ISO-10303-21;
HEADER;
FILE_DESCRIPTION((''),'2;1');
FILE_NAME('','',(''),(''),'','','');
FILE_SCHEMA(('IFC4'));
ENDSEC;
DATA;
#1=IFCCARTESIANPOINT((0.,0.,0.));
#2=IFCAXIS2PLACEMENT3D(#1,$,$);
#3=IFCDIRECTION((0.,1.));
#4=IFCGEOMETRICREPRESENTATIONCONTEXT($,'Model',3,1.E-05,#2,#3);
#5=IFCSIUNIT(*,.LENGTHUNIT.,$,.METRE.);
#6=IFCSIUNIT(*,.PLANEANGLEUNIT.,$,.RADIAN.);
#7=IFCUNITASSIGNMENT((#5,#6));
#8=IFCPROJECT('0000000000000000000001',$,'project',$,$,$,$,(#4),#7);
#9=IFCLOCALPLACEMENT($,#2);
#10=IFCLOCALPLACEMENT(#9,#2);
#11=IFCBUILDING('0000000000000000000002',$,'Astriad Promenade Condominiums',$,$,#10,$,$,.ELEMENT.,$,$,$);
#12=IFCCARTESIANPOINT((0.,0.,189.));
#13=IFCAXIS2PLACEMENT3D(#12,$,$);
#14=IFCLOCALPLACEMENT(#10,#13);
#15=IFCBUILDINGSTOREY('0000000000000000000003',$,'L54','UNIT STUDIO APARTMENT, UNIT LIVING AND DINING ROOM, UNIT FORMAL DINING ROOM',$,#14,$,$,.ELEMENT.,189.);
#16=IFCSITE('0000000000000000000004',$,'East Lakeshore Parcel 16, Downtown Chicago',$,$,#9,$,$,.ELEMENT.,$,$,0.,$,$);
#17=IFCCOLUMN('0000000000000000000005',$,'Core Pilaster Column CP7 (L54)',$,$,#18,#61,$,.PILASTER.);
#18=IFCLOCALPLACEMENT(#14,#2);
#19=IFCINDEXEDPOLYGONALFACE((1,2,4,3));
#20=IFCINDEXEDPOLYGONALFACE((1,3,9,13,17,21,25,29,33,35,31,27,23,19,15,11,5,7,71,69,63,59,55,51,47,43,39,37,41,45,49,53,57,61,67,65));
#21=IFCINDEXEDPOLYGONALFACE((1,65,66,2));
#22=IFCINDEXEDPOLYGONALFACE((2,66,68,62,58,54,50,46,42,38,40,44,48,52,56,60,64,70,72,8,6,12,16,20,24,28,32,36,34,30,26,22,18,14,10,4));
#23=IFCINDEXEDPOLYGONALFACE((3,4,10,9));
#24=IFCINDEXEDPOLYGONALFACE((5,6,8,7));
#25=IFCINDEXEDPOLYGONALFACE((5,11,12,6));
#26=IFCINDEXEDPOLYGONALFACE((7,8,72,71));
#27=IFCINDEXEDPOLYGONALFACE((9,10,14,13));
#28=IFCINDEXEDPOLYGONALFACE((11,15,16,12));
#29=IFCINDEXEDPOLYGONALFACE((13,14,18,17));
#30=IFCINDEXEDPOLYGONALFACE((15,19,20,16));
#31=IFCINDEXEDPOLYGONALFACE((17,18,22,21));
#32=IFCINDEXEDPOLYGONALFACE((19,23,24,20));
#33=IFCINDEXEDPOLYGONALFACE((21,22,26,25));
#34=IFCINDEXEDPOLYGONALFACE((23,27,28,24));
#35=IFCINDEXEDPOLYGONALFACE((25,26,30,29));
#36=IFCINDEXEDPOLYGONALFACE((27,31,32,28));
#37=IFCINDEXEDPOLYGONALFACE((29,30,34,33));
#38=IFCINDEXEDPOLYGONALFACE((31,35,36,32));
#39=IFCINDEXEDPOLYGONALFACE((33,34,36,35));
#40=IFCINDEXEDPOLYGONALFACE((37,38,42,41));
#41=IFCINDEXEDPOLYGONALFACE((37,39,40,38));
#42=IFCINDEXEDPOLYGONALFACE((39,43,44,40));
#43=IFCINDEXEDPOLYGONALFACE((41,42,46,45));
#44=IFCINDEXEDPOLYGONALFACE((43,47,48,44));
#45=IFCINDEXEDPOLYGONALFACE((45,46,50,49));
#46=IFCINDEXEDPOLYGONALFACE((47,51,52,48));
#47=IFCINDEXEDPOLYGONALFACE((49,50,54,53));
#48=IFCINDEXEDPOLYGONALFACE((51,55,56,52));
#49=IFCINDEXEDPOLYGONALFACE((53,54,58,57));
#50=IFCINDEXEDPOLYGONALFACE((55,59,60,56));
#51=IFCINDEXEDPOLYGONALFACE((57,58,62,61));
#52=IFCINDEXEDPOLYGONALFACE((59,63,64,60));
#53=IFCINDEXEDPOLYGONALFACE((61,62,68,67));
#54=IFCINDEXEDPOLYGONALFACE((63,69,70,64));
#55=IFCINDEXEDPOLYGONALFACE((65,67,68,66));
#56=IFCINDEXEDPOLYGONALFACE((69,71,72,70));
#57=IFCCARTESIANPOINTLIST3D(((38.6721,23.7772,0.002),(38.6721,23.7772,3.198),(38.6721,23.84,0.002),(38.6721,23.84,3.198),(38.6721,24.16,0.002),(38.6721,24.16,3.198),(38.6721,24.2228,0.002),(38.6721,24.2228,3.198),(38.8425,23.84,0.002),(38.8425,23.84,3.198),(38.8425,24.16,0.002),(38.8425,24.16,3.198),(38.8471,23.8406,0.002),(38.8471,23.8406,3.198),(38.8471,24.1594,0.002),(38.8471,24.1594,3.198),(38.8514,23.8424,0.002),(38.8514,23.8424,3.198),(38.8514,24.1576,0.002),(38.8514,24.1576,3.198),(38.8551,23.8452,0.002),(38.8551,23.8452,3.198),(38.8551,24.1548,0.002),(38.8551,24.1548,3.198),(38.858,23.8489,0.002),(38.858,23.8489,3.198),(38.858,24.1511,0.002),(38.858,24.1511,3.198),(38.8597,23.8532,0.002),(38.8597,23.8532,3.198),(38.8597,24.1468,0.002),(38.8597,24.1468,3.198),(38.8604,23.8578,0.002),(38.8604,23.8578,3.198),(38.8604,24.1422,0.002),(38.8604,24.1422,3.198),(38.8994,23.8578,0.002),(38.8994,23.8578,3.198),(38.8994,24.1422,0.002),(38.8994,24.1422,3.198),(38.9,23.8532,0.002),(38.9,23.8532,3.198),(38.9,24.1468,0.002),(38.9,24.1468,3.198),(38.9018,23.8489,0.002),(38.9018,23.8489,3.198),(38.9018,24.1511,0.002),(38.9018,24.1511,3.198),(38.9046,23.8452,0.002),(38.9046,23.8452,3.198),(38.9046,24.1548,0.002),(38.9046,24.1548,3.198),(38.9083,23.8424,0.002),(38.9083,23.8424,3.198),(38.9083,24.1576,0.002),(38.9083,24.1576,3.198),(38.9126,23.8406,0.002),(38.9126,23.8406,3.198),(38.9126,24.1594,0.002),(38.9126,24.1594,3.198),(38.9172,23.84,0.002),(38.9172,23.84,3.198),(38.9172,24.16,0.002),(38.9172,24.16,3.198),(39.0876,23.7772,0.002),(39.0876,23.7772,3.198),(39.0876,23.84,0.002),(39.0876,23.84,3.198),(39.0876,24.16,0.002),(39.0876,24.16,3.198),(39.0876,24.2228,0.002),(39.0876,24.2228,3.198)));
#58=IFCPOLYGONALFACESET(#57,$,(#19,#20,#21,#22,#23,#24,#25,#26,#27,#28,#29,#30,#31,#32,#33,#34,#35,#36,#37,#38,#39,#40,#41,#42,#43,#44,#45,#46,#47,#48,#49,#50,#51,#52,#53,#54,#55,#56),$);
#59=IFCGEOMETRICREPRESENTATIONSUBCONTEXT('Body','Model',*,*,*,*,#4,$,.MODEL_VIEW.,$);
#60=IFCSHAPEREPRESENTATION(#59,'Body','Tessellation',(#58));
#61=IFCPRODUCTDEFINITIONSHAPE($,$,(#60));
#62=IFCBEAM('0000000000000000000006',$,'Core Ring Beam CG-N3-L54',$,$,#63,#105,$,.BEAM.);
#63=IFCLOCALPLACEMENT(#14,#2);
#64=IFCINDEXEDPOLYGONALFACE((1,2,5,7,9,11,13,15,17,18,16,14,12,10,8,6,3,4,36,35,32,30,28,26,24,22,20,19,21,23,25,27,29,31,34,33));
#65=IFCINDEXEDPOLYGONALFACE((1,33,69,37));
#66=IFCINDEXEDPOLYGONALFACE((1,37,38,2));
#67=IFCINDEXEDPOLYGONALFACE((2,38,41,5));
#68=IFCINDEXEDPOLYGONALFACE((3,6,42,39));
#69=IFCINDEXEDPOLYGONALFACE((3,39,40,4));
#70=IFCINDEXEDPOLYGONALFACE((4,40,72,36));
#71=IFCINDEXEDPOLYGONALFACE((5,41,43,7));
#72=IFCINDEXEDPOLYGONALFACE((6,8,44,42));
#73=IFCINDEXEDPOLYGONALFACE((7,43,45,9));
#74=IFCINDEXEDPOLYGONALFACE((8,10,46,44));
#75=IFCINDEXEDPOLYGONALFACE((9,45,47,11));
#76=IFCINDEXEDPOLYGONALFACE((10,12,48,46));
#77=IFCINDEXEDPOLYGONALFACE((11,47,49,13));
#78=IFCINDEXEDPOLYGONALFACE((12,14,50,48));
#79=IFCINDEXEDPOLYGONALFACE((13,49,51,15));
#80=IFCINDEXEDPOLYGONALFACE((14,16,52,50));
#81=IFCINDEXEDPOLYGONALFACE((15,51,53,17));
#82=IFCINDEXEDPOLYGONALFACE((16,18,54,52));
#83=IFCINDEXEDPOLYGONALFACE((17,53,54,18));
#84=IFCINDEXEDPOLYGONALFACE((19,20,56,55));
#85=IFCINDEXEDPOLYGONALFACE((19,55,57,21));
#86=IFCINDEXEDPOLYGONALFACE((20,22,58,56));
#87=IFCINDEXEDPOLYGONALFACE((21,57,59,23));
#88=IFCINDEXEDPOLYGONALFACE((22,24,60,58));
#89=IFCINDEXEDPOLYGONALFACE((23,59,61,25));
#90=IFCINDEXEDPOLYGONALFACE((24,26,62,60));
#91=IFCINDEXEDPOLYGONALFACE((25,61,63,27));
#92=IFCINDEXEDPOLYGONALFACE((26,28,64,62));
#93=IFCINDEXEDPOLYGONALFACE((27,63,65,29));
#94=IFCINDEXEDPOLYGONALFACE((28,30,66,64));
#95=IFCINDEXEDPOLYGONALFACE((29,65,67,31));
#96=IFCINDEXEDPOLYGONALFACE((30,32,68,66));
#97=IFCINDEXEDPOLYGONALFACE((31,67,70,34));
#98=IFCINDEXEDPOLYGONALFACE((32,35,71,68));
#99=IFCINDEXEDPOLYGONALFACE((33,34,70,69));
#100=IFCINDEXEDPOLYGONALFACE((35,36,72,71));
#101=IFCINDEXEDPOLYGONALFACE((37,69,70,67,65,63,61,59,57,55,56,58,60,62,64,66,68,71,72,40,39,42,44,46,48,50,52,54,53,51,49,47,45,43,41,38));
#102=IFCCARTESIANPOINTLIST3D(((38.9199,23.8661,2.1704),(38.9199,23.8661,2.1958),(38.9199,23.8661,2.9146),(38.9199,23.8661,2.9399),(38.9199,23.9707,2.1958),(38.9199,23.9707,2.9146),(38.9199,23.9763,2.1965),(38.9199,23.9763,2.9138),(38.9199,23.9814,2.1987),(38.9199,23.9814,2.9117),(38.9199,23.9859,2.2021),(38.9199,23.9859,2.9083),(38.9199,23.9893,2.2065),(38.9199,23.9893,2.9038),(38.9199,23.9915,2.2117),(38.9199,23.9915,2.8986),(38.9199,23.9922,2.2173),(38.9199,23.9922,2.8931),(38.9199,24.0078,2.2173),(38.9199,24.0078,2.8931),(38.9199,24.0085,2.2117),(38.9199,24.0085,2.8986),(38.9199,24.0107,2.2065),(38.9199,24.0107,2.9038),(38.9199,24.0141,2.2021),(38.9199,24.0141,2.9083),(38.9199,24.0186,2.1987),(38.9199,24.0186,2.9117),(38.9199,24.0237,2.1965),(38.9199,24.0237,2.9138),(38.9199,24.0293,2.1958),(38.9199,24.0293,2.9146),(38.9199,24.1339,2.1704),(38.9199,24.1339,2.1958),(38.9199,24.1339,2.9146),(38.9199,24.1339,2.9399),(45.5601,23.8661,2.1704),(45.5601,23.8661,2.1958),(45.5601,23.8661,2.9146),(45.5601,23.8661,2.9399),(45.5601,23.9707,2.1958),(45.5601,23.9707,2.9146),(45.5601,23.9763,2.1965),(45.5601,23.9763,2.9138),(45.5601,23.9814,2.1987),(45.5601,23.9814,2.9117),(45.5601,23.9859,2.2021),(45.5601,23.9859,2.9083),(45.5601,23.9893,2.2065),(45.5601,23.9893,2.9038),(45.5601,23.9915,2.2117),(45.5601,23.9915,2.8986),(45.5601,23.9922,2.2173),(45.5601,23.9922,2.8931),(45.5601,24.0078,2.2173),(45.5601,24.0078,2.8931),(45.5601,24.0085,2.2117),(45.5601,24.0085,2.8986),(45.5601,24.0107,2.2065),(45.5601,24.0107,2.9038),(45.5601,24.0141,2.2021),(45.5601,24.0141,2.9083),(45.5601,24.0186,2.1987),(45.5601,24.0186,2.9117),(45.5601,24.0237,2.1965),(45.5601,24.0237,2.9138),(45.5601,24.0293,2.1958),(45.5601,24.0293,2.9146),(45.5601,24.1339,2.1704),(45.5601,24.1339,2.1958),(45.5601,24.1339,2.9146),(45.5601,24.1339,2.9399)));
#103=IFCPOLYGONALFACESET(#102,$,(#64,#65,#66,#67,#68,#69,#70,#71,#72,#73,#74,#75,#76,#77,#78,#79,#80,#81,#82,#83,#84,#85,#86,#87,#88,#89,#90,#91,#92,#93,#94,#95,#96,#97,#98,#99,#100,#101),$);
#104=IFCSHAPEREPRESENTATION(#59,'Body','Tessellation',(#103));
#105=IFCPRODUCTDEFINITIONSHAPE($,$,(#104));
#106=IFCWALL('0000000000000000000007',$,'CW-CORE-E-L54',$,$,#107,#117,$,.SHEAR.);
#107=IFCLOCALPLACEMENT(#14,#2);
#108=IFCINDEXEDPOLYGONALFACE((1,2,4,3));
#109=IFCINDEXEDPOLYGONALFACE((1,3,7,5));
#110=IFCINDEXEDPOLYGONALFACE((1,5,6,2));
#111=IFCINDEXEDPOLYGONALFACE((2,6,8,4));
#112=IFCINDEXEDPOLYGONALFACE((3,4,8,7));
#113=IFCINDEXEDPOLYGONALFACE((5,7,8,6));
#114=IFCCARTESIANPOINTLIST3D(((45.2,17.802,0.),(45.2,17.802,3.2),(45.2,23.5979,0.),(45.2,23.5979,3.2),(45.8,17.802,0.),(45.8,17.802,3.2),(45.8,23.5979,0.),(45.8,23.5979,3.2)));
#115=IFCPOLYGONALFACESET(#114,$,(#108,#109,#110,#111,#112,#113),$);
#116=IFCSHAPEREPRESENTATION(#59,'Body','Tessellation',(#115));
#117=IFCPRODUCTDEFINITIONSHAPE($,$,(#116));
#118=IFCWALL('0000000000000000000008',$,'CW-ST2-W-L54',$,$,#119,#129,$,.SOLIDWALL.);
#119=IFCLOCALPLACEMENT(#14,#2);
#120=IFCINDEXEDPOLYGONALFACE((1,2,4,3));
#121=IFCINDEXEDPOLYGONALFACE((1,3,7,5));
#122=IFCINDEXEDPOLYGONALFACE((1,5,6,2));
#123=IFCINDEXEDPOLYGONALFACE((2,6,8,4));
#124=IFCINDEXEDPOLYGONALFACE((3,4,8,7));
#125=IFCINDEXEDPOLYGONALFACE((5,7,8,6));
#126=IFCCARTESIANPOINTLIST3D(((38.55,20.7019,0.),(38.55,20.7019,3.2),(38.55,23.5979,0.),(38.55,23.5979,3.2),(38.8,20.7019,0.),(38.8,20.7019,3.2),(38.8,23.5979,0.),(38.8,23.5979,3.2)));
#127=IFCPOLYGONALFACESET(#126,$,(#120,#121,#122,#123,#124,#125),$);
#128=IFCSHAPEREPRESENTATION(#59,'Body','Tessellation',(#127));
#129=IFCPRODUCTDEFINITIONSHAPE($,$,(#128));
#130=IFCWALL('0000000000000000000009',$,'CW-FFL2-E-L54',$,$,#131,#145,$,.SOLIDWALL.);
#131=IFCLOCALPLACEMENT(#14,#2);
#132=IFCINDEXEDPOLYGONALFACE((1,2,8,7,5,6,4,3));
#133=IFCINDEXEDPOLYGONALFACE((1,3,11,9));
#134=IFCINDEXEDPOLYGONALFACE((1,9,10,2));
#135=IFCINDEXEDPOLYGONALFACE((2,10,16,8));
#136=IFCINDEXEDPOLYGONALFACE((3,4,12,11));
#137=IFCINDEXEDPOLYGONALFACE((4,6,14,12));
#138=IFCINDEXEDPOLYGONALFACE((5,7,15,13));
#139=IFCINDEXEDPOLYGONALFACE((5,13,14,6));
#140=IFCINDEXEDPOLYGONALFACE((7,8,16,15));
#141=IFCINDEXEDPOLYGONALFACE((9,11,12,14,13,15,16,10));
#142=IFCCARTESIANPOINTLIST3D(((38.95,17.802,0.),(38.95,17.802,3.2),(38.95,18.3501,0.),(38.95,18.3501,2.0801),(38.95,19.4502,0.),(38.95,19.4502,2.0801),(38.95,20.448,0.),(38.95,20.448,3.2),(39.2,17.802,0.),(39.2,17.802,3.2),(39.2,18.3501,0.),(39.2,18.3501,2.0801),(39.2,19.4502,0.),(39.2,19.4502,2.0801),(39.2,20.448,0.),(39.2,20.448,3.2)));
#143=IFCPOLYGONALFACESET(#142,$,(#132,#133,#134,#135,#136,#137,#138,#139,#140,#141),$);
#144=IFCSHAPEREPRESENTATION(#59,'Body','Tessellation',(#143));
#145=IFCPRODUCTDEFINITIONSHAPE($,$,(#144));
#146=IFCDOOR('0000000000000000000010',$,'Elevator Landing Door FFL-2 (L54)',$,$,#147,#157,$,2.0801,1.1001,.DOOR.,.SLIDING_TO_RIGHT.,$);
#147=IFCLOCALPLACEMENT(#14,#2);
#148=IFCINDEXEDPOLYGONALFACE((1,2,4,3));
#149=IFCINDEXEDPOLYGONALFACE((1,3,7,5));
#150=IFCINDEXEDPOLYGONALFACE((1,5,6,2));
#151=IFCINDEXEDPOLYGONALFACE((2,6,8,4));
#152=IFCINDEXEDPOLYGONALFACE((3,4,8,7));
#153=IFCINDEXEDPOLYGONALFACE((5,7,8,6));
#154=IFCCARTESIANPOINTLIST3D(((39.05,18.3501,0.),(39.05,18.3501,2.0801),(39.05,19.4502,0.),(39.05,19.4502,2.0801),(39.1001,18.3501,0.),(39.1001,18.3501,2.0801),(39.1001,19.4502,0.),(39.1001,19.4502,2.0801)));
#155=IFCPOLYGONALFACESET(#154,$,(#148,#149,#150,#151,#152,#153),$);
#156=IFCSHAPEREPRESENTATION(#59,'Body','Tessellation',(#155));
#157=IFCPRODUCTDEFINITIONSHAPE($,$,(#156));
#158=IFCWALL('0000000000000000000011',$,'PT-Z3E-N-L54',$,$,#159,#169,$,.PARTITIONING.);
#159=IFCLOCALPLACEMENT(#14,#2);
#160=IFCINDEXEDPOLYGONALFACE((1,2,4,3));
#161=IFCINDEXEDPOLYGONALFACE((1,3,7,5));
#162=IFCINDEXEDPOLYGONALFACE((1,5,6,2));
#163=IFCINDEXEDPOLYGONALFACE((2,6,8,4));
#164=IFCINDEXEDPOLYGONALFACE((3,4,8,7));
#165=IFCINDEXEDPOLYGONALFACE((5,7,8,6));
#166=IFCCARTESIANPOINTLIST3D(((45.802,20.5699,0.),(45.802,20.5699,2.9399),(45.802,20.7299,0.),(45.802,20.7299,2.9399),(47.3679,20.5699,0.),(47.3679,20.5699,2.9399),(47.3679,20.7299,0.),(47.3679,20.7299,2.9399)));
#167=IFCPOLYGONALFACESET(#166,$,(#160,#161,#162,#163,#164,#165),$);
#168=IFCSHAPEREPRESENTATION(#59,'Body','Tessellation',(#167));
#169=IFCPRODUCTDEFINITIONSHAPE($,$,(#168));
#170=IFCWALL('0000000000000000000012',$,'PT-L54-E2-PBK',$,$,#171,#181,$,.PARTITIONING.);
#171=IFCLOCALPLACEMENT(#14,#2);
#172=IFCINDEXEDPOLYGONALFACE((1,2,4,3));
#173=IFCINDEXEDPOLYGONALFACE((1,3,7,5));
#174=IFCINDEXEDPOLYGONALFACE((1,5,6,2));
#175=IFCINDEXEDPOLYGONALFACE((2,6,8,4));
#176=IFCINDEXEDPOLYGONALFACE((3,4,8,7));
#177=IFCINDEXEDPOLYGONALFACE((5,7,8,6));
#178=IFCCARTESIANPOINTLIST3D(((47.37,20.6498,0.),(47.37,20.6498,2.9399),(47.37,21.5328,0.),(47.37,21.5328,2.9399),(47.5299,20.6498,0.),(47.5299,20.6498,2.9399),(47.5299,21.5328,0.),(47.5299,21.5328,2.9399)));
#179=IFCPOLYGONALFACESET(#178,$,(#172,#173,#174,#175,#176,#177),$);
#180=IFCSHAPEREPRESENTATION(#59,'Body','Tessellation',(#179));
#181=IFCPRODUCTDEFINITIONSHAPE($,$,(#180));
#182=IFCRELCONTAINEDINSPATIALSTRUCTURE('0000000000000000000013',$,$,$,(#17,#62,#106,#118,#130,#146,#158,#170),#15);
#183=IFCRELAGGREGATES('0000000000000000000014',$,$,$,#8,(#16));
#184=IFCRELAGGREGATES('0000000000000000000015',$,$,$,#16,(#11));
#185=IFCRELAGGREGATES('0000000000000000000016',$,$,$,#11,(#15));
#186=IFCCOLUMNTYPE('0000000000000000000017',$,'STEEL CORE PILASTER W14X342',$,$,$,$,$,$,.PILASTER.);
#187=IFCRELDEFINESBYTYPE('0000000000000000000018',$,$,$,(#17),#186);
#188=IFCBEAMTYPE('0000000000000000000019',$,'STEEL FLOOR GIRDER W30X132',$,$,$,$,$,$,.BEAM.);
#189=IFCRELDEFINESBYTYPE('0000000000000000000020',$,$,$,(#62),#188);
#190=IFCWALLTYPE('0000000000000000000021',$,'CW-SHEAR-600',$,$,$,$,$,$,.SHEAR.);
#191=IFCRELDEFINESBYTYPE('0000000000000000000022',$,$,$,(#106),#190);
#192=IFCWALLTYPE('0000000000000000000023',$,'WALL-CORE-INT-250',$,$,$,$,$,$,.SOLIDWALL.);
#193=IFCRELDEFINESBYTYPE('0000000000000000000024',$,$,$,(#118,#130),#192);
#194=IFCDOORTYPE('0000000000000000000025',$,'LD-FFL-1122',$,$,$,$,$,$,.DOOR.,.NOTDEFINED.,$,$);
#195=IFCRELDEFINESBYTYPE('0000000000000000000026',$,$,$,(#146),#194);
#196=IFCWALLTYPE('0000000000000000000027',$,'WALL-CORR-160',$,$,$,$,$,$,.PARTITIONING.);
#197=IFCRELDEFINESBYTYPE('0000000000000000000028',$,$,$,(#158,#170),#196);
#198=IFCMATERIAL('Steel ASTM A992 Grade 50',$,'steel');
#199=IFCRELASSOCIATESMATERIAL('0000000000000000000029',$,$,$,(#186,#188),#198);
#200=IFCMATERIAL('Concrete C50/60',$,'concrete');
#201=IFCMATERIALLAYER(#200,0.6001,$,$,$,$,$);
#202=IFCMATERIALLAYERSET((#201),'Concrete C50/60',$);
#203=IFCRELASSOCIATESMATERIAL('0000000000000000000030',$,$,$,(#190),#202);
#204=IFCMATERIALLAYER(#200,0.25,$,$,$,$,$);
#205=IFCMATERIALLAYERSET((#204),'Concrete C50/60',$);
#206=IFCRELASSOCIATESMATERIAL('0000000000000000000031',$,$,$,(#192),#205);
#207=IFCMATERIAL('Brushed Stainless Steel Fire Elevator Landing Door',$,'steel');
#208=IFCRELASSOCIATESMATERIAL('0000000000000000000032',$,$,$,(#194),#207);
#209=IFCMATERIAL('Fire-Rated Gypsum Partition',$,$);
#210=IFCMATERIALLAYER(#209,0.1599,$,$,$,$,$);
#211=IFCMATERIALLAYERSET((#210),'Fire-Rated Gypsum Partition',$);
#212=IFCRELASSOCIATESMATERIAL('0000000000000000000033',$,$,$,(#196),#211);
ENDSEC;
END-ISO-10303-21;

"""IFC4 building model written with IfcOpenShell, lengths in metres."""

from ifc_helpers import new_model, si_unit, direction, frame, frame_2d, origin, origin_2d, place, context, subcontext, project, spatial, rectangle, i_section, extrude, source, transform, mapped, material, layer, layer_set, material_profile, profile_set, type_object, type_shapes, element, fill, save


model = new_model("IFC4")

# Units and contexts
model_context = context("Model", 3, precision=1e-05, world=origin(), true_north=direction((0.0, 1.0)))
body_context = subcontext(model_context, "Body", "Model", "MODEL_VIEW")
ifc_project = project(units=[si_unit("LENGTHUNIT", "METRE"), si_unit("PLANEANGLEUNIT", "RADIAN")], contexts=[model_context])

# Site, building, storey
site_placement = place(None, origin())
site = spatial("IfcSite", under=ifc_project, at=site_placement, Name="East Lakeshore Parcel 16, Downtown Chicago", CompositionType="ELEMENT", RefElevation=0.0)
building_placement = place(site_placement, origin())
building = spatial("IfcBuilding", under=site, at=building_placement, Name="Astriad Promenade Condominiums", CompositionType="ELEMENT")
storey_placement = place(building_placement, frame((0.0, 0.0, 189.0)))
storey = spatial("IfcBuildingStorey", under=building, at=storey_placement, Name="L54", Description="UNIT STUDIO APARTMENT, UNIT LIVING AND DINING ROOM, UNIT FORMAL DINING ROOM", CompositionType="ELEMENT", Elevation=189.0)

# Column
ifc_material_1 = material(Name="Steel ASTM A992 Grade 50", Category="steel")
ifc_material_profile_1 = material_profile(ifc_material_1, i_section(OverallWidth=0.4155, OverallDepth=0.4456, WebThickness=0.0391, FlangeThickness=0.0627, FilletRadius=0.0178, at=origin_2d()), Name="W14X342")
ifc_profile_set_1 = profile_set([ifc_material_profile_1], Name="Steel ASTM A992 Grade 50")
column_type = type_object("IfcColumnType", Name="STEEL CORE PILASTER W14X342", PredefinedType="PILASTER", material=ifc_profile_set_1)
shared_shape_1 = source(origin(), body_context, "Body", "SweptSolid", [
    extrude(i_section(OverallWidth=0.4155, OverallDepth=0.4456, WebThickness=0.0391, FlangeThickness=0.0627, FilletRadius=0.0178, at=origin_2d()), origin(), (0.0, 0.0, 1.0), 3.196),
])
type_shapes(column_type, [shared_shape_1])
column_placement = place(storey_placement, frame((38.8799, 24.0, 0.002), z_axis=(0.0, 0.0, 1.0), x_axis=(1.0, 0.0, 0.0)))
element("IfcColumn", 1, at=column_placement, inside=storey, type_object=column_type, Name="Core Pilaster Column CP7 (L54)", PredefinedType="PILASTER", context=body_context, shape_type="MappedRepresentation", body=[
    mapped(shared_shape_1, transform((0.0, 0.0, 0.0), scale=1.0)),
])

# Beam
ifc_material_profile_2 = material_profile(ifc_material_1, i_section(OverallWidth=0.2678, OverallDepth=0.7695, WebThickness=0.0156, FlangeThickness=0.0254, FilletRadius=0.0215, at=origin_2d()), Name="W30X132")
ifc_profile_set_2 = profile_set([ifc_material_profile_2], Name="Steel ASTM A992 Grade 50")
beam_type = type_object("IfcBeamType", Name="STEEL FLOOR GIRDER W30X132", PredefinedType="BEAM", material=ifc_profile_set_2)
shared_shape_2 = source(origin(), body_context, "Body", "SweptSolid", [
    extrude(i_section(OverallWidth=0.2678, OverallDepth=0.7695, WebThickness=0.0156, FlangeThickness=0.0254, FilletRadius=0.0215, at=origin_2d()), origin(), (0.0, 0.0, 1.0), 6.6401),
])
type_shapes(beam_type, [shared_shape_2])
beam_placement = place(storey_placement, frame((38.9199, 24.0, 2.5552), z_axis=(1.0, 0.0, 0.0), x_axis=(0.0, 1.0, 0.0)))
element("IfcBeam", 2, at=beam_placement, inside=storey, type_object=beam_type, Name="Core Ring Beam CG-N3-L54", PredefinedType="BEAM", context=body_context, shape_type="MappedRepresentation", body=[
    mapped(shared_shape_2, transform((0.0, 0.0, 0.0), scale=1.0)),
])

# Walls
ifc_material_2 = material(Name="Concrete C50/60", Category="concrete")
ifc_layer_1 = layer(ifc_material_2, 0.6001)
ifc_layer_set_1 = layer_set([ifc_layer_1], Name="Concrete C50/60")
wall_type_1 = type_object("IfcWallType", Name="CW-SHEAR-600", PredefinedType="SHEAR", material=ifc_layer_set_1)
wall_1_placement = place(storey_placement, frame((45.5, 17.802, 0.0), z_axis=(0.0, 0.0, 1.0), x_axis=(0.0, 1.0, 0.0)))
element("IfcWall", 3, at=wall_1_placement, inside=storey, type_object=wall_type_1, Name="CW-CORE-E-L54", PredefinedType="SHEAR", context=body_context, shape_type="SweptSolid", body=[
    extrude(rectangle(XDim=5.7959, YDim=0.6001, at=frame_2d((2.8979, 0.0))), origin(), (0.0, 0.0, 1.0), 3.2),
])
ifc_layer_2 = layer(ifc_material_2, 0.25)
ifc_layer_set_2 = layer_set([ifc_layer_2], Name="Concrete C50/60")
wall_type_2 = type_object("IfcWallType", Name="WALL-CORE-INT-250", PredefinedType="SOLIDWALL", material=ifc_layer_set_2)
wall_2_placement = place(storey_placement, frame((38.675, 20.7019, 0.0), z_axis=(0.0, 0.0, 1.0), x_axis=(0.0, 1.0, 0.0)))
element("IfcWall", 4, at=wall_2_placement, inside=storey, type_object=wall_type_2, Name="CW-ST2-W-L54", PredefinedType="SOLIDWALL", context=body_context, shape_type="SweptSolid", body=[
    extrude(rectangle(XDim=2.896, YDim=0.25, at=frame_2d((1.448, 0.0))), origin(), (0.0, 0.0, 1.0), 3.2),
])

# Wall, opening, door
wall_3_placement = place(storey_placement, frame((39.075, 17.802, 0.0), z_axis=(0.0, 0.0, 1.0), x_axis=(0.0, 1.0, 0.0)))
wall_3 = element("IfcWall", 5, at=wall_3_placement, inside=storey, type_object=wall_type_2, Name="CW-FFL2-E-L54", PredefinedType="SOLIDWALL", context=body_context, shape_type="SweptSolid", body=[
    extrude(rectangle(XDim=2.646, YDim=0.25, at=frame_2d((1.323, 0.0))), origin(), (0.0, 0.0, 1.0), 3.2),
])
opening_placement = place(wall_3_placement, frame((0.5481, 0.0, 0.0)))
opening = element("IfcOpeningElement", 6, at=opening_placement, cuts=wall_3, PredefinedType="OPENING", context=body_context, shape_type="SweptSolid", body=[
    extrude(rectangle(XDim=1.1001, YDim=2.0801, at=frame_2d((0.55, 1.04))), frame((0.0, 0.135, 0.0), z_axis=(0.0, -1.0, 0.0), x_axis=(1.0, 0.0, 0.0)), (0.0, 0.0, 1.0), 0.27),
])
ifc_material_3 = material(Name="Brushed Stainless Steel Fire Elevator Landing Door", Category="steel")
door_type = type_object("IfcDoorType", Name="LD-FFL-1122", OperationType="NOTDEFINED", PredefinedType="DOOR", material=ifc_material_3)
shared_shape_3 = source(origin(), body_context, "Body", "SweptSolid", [
    extrude(rectangle(XDim=1.1001, YDim=2.0801, at=frame_2d((0.55, 1.04))), frame((0.0, 0.0249, 0.0), z_axis=(0.0, -1.0, 0.0), x_axis=(1.0, 0.0, 0.0)), (0.0, 0.0, 1.0), 0.05),
])
type_shapes(door_type, [shared_shape_3])
door_placement = place(opening_placement, origin())
door = element("IfcDoor", 7, at=door_placement, inside=storey, type_object=door_type, Name="Elevator Landing Door FFL-2 (L54)", OperationType="SLIDING_TO_RIGHT", OverallHeight=2.0801, OverallWidth=1.1001, PredefinedType="DOOR", context=body_context, shape_type="MappedRepresentation", body=[
    mapped(shared_shape_3, transform((0.0, 0.0, 0.0), scale=1.0)),
])
fill(opening, door)

# Walls
ifc_material_4 = material(Name="Fire-Rated Gypsum Partition")
ifc_layer_3 = layer(ifc_material_4, 0.1599)
ifc_layer_set_3 = layer_set([ifc_layer_3], Name="Fire-Rated Gypsum Partition")
wall_type_3 = type_object("IfcWallType", Name="WALL-CORR-160", PredefinedType="PARTITIONING", material=ifc_layer_set_3)
wall_4_placement = place(storey_placement, frame((45.802, 20.6499, 0.0), z_axis=(0.0, 0.0, 1.0), x_axis=(1.0, 0.0, 0.0)))
element("IfcWall", 8, at=wall_4_placement, inside=storey, type_object=wall_type_3, Name="PT-Z3E-N-L54", PredefinedType="PARTITIONING", context=body_context, shape_type="SweptSolid", body=[
    extrude(rectangle(XDim=1.5659, YDim=0.1599, at=frame_2d((0.783, 0.0))), origin(), (0.0, 0.0, 1.0), 2.9399),
])
wall_5_placement = place(storey_placement, frame((47.45, 20.6499, 0.0), z_axis=(0.0, 0.0, 1.0), x_axis=(0.0, 1.0, 0.0)))
element("IfcWall", 9, at=wall_5_placement, inside=storey, type_object=wall_type_3, Name="PT-L54-E2-PBK", PredefinedType="PARTITIONING", context=body_context, shape_type="SweptSolid", body=[
    extrude(rectangle(XDim=0.8831, YDim=0.1599, at=frame_2d((0.4414, 0.0))), origin(), (0.0, 0.0, 1.0), 2.9399),
])

save(model, "model.ifc")
